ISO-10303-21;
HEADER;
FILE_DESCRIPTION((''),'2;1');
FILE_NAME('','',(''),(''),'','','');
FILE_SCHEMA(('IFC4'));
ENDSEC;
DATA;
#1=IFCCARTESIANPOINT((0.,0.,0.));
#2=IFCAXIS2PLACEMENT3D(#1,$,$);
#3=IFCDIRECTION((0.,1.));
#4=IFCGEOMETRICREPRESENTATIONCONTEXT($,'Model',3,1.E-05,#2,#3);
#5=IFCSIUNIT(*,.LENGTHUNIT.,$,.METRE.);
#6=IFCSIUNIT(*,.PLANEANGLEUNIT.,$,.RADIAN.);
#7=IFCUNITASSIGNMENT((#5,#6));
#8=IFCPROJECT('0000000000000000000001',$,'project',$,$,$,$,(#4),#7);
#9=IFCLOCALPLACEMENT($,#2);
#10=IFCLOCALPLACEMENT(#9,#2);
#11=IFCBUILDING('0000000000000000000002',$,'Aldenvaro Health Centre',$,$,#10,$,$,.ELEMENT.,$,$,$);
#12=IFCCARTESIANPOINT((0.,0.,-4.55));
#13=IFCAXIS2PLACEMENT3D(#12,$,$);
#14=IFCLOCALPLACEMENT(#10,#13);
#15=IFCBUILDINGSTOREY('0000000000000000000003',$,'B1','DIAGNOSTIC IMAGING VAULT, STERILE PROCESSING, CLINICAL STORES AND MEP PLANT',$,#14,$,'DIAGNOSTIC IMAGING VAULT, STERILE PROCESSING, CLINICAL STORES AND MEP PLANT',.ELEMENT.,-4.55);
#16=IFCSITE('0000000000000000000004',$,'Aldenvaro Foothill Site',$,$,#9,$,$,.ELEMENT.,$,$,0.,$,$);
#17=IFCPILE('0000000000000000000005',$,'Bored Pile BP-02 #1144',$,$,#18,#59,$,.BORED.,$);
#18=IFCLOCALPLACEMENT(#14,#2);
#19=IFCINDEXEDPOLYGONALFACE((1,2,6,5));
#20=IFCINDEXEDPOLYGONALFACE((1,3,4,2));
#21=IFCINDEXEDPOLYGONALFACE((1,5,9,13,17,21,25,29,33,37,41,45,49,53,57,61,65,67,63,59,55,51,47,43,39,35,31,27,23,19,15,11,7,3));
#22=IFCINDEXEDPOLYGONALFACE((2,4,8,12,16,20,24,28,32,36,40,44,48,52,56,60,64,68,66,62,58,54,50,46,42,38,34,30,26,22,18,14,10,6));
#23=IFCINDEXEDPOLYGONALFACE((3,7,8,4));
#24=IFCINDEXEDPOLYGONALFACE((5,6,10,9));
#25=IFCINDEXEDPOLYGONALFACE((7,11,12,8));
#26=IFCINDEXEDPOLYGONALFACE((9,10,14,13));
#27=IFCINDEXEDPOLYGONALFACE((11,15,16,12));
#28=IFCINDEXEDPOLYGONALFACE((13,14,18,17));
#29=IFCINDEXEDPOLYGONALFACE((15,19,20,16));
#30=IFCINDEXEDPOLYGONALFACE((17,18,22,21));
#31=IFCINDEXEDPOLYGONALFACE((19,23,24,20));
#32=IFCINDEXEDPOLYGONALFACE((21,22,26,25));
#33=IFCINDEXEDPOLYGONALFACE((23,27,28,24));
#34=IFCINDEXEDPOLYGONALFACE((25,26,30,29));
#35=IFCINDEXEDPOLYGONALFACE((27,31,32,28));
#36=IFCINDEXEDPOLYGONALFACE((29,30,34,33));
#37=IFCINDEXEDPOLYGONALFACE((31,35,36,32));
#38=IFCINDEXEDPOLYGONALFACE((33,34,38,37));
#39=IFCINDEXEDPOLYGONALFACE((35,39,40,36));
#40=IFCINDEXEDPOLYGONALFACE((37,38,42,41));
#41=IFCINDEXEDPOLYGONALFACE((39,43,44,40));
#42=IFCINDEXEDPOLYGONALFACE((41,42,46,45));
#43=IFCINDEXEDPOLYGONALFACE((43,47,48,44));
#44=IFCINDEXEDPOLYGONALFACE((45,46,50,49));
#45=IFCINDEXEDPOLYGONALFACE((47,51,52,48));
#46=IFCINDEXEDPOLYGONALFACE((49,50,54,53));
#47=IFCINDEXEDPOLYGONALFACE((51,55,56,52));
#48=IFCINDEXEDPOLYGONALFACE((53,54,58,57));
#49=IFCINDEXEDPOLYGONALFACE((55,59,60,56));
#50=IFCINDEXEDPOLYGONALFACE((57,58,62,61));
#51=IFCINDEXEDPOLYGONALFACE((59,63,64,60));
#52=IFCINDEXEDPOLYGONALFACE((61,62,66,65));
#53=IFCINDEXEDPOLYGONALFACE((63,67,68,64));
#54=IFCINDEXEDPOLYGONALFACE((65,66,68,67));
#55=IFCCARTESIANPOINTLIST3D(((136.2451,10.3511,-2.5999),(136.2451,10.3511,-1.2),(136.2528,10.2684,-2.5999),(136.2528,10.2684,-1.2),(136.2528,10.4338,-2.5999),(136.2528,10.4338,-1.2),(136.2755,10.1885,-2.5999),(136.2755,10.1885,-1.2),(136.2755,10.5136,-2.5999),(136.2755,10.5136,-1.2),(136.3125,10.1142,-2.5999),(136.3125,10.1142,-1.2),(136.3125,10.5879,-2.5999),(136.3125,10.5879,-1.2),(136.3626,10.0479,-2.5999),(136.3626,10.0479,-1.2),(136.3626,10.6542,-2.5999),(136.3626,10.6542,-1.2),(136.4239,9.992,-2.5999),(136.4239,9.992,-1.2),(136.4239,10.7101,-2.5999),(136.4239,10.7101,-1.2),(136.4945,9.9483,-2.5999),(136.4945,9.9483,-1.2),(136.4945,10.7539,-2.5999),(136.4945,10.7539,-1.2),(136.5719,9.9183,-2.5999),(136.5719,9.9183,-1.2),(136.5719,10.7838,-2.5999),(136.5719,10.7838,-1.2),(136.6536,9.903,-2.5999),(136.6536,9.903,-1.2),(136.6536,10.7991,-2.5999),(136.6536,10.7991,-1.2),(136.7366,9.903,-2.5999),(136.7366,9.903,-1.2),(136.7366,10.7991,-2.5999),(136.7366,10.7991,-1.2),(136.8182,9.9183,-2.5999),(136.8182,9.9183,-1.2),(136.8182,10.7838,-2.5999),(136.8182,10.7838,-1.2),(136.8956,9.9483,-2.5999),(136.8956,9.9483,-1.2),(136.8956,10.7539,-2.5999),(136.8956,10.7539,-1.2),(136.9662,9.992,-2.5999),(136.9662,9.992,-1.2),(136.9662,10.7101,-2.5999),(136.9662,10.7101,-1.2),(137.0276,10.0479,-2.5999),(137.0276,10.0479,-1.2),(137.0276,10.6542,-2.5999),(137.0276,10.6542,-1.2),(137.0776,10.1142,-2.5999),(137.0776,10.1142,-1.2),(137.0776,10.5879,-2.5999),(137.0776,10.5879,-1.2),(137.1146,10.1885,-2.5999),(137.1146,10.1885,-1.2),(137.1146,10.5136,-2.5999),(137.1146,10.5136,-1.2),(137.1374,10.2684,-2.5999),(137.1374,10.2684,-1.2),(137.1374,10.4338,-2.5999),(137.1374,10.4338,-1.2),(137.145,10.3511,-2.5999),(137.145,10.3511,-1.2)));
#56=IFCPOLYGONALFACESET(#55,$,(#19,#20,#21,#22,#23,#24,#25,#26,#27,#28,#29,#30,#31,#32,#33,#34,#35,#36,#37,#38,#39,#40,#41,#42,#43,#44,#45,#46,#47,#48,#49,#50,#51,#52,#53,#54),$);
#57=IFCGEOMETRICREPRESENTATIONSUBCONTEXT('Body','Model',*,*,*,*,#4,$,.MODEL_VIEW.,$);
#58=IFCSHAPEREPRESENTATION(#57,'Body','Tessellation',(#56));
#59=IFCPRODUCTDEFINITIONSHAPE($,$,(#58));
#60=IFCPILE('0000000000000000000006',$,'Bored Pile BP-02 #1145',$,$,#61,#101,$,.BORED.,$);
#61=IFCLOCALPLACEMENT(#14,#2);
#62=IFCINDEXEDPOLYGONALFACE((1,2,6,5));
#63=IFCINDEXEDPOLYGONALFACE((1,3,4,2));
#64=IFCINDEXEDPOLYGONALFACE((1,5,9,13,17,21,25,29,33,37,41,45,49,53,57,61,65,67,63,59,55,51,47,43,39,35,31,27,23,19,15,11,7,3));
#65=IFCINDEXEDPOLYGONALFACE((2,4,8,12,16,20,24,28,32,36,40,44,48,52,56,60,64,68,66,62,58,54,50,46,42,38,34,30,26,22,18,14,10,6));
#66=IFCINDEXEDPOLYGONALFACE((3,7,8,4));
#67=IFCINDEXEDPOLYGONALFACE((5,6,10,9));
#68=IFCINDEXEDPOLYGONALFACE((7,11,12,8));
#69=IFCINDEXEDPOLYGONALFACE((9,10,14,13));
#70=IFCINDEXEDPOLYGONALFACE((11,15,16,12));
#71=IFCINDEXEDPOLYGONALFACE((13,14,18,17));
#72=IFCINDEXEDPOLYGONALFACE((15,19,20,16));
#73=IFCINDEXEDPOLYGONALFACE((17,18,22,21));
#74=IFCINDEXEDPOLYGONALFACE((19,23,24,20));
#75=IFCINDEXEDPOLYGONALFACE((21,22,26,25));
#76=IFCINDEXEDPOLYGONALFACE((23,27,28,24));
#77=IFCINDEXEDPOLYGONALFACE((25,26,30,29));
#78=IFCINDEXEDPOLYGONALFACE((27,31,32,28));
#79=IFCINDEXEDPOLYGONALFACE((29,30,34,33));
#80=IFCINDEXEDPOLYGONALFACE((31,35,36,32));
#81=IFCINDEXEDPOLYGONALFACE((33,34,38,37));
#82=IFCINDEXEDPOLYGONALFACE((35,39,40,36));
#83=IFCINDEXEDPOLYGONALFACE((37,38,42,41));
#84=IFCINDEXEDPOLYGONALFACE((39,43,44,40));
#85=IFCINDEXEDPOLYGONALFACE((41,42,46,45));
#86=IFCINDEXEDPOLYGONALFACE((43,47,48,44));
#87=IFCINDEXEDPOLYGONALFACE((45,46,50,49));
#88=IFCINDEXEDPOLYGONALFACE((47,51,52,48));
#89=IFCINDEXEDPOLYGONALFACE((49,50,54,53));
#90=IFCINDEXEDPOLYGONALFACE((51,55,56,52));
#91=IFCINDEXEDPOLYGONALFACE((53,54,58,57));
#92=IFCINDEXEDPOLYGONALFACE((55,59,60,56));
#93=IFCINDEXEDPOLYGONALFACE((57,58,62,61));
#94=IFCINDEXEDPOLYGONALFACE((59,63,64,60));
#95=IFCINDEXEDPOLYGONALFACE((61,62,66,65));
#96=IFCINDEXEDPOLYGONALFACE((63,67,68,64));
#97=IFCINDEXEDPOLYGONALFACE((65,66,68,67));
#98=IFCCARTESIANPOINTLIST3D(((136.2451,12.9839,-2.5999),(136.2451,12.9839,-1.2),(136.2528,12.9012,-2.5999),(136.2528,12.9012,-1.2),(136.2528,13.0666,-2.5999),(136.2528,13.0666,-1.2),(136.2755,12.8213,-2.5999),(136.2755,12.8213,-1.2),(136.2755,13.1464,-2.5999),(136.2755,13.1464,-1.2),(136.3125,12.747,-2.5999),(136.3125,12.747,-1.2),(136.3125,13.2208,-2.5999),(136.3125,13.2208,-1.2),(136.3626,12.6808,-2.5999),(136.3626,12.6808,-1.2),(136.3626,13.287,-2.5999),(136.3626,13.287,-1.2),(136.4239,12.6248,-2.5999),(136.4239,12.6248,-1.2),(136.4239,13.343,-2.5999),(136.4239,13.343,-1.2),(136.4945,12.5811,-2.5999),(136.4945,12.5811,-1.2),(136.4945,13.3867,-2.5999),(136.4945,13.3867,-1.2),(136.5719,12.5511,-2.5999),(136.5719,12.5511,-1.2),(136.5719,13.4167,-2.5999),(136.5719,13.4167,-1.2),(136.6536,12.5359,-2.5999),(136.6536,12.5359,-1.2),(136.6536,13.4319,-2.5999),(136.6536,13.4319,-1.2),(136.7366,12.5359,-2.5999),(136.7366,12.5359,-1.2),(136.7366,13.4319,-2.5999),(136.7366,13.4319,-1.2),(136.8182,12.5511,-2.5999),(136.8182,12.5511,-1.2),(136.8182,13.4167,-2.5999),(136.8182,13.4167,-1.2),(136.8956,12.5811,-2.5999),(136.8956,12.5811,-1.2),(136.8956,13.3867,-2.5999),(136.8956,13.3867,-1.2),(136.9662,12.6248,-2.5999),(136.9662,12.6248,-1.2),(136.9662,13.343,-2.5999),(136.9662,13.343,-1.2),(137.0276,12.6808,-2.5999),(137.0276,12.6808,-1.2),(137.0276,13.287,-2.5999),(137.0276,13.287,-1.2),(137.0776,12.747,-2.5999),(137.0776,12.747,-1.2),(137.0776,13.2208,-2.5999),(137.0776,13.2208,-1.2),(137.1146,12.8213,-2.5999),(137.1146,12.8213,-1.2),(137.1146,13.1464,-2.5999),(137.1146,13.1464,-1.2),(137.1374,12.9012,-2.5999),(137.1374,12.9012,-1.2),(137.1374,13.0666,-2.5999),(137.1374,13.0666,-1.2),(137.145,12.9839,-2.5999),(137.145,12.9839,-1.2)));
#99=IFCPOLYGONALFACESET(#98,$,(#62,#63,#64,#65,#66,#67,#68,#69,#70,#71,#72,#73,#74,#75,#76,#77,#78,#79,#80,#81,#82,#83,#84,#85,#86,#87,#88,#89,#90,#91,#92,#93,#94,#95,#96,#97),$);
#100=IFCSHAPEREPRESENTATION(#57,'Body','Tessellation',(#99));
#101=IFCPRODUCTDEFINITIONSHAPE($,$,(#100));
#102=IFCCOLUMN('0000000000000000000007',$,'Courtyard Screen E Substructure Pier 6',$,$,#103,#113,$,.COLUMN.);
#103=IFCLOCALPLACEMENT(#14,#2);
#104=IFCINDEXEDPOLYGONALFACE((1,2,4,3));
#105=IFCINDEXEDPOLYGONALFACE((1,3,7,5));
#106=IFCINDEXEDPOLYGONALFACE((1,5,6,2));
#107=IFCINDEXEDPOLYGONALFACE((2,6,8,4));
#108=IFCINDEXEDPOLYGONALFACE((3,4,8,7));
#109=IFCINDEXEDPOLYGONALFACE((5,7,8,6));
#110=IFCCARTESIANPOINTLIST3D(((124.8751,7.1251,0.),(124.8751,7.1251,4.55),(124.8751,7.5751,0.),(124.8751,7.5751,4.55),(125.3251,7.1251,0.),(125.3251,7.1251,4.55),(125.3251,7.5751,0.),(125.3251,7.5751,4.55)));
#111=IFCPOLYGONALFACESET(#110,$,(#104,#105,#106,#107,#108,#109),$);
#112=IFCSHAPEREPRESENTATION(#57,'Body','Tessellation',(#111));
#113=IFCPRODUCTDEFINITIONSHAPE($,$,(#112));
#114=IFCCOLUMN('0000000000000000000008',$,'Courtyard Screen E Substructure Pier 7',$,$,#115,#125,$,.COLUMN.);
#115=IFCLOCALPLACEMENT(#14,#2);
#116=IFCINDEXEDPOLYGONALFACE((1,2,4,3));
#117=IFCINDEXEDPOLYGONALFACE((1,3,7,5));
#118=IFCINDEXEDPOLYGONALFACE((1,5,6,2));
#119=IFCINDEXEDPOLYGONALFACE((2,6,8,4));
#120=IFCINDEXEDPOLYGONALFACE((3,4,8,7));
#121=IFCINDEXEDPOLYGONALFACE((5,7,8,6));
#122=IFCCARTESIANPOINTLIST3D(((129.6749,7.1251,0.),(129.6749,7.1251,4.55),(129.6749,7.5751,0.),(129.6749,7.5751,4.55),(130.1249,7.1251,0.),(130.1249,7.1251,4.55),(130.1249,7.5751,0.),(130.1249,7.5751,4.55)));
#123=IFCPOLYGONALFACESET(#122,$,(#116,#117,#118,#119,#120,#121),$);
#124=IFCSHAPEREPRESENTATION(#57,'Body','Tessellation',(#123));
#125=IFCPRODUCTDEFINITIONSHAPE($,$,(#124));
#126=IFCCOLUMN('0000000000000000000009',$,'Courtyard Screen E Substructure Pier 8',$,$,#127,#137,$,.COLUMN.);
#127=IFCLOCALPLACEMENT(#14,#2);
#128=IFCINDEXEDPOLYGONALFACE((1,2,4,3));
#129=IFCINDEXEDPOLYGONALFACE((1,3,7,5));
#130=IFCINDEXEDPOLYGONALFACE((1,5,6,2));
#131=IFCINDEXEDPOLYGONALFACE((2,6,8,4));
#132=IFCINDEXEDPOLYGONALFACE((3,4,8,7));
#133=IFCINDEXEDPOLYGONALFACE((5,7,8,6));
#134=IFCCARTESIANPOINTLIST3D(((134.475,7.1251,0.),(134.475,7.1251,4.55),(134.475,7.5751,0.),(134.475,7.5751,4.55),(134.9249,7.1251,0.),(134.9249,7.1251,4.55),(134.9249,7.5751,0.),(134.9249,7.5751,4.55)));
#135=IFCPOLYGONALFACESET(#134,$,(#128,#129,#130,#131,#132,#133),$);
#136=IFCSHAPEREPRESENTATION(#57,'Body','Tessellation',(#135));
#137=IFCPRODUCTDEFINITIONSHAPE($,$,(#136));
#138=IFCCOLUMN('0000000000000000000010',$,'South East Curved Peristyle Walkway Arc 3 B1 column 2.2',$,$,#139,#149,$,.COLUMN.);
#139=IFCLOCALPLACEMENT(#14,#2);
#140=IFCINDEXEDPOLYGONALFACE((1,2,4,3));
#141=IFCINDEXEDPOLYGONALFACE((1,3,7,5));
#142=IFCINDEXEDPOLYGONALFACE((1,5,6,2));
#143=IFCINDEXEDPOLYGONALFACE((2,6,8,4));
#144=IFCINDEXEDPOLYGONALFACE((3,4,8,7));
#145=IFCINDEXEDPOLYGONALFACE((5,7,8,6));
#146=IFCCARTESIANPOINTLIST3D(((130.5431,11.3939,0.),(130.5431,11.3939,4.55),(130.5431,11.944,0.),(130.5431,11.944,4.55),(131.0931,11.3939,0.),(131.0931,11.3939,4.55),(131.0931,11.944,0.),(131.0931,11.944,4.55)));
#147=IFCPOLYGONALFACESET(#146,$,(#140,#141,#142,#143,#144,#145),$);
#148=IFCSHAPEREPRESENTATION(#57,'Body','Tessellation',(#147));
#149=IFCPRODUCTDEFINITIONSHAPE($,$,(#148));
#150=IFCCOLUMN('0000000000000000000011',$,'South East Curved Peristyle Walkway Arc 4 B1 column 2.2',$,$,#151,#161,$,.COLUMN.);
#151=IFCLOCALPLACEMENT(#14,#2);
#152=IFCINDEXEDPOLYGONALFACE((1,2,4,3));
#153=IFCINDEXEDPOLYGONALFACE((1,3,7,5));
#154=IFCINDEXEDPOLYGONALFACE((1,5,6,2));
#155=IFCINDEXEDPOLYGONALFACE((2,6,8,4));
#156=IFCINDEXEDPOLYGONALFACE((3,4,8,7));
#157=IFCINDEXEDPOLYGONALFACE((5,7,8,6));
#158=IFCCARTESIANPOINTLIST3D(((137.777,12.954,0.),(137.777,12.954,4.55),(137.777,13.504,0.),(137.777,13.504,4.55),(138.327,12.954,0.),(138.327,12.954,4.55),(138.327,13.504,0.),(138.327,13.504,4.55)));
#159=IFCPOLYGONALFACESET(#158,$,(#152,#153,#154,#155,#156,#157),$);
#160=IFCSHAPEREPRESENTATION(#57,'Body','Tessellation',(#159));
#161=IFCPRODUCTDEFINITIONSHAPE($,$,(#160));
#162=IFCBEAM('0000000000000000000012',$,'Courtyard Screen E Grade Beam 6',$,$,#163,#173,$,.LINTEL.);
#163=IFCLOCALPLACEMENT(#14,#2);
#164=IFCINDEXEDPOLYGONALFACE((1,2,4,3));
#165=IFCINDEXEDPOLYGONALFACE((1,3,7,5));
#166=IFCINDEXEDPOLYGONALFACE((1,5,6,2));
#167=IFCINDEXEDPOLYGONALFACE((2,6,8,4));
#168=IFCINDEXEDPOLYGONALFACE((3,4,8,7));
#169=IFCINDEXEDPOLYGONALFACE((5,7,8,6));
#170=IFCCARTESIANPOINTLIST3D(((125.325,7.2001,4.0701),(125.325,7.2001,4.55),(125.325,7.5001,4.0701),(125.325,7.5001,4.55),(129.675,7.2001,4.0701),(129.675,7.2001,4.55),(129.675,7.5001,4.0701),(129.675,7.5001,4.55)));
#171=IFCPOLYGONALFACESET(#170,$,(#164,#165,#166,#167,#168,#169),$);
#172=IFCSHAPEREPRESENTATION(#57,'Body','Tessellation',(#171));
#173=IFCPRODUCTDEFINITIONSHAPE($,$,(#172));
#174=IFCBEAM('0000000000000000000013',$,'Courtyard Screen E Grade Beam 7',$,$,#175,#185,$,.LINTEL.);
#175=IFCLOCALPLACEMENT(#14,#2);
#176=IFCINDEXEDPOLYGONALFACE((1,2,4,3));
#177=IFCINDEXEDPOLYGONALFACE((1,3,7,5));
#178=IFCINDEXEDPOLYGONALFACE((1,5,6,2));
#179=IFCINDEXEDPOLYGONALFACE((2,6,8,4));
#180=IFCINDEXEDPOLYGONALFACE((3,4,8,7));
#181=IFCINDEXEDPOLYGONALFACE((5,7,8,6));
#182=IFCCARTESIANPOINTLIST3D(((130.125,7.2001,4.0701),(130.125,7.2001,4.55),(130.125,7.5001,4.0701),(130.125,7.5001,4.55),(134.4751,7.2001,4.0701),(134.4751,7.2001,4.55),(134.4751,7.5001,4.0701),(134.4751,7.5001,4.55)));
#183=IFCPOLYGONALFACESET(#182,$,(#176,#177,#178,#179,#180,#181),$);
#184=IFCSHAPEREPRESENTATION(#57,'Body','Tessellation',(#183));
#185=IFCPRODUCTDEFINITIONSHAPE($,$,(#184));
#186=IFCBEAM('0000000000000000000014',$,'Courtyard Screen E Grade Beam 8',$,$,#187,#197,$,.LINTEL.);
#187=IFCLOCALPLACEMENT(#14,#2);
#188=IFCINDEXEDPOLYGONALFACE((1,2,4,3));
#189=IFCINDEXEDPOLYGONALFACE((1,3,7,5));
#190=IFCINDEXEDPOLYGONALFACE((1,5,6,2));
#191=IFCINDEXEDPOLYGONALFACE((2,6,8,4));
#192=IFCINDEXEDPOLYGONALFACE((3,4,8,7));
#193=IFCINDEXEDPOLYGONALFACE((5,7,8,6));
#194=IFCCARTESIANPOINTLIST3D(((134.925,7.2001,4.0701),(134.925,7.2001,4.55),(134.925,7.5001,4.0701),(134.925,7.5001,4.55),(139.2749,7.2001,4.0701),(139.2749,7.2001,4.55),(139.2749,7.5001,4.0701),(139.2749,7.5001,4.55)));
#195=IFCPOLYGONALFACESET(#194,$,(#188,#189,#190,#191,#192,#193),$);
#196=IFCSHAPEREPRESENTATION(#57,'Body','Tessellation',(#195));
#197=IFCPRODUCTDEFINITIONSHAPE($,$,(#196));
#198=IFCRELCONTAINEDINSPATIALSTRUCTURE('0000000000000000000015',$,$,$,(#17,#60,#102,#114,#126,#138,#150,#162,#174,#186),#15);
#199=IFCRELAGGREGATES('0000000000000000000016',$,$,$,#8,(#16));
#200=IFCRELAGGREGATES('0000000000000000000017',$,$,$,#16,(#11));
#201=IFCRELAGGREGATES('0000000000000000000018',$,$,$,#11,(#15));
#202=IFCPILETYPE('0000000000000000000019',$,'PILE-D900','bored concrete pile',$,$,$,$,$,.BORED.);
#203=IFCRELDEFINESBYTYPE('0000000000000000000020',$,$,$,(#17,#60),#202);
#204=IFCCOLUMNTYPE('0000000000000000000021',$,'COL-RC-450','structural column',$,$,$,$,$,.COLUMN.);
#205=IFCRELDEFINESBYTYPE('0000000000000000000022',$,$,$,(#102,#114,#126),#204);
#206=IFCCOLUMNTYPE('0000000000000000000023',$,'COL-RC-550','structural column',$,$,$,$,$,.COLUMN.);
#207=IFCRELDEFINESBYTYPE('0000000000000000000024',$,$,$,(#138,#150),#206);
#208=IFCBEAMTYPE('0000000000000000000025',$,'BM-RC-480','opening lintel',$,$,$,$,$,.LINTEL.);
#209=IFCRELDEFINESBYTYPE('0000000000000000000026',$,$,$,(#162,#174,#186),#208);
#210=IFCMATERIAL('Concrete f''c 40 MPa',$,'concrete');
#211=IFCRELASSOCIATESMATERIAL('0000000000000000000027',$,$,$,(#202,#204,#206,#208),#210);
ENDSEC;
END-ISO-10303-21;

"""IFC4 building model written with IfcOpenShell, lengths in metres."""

from ifc_helpers import new_model, si_unit, direction, frame, origin, origin_2d, place, context, subcontext, project, spatial, rectangle, circle, extrude, material, material_profile, profile_set, type_object, element, save


model = new_model("IFC4")

# Units and contexts
model_context = context("Model", 3, precision=1e-05, world=origin(), true_north=direction((0.0, 1.0)))
body_context = subcontext(model_context, "Body", "Model", "MODEL_VIEW")
ifc_project = project(units=[si_unit("LENGTHUNIT", "METRE"), si_unit("PLANEANGLEUNIT", "RADIAN")], contexts=[model_context])

# Site, building, storey
site_placement = place(None, origin())
site = spatial("IfcSite", under=ifc_project, at=site_placement, Name="Aldenvaro Foothill Site", CompositionType="ELEMENT", RefElevation=0.0)
building_placement = place(site_placement, origin())
building = spatial("IfcBuilding", under=site, at=building_placement, Name="Aldenvaro Health Centre", CompositionType="ELEMENT")
storey_placement = place(building_placement, frame((0.0, 0.0, -4.55)))
storey = spatial("IfcBuildingStorey", under=building, at=storey_placement, Name="B1", Description="DIAGNOSTIC IMAGING VAULT, STERILE PROCESSING, CLINICAL STORES AND MEP PLANT", LongName="DIAGNOSTIC IMAGING VAULT, STERILE PROCESSING, CLINICAL STORES AND MEP PLANT", CompositionType="ELEMENT", Elevation=-4.55)

# Piles
ifc_material_1 = material(Name="Concrete f'c 40 MPa", Category="concrete")
ifc_material_profile_1 = material_profile(ifc_material_1, circle(Radius=0.45, at=origin_2d()), Name="PILE D900", Category="concrete")
ifc_profile_set_1 = profile_set([ifc_material_profile_1], Name="Concrete f'c 40 MPa")
pile_type_1 = type_object("IfcPileType", Name="PILE-D900", Description="bored concrete pile", PredefinedType="BORED", material=ifc_profile_set_1)
for number, where, z_axis, x_axis, name in (
    (1, (136.6951, 10.3511, -1.2), (0.0, 0.0, -1.0), (1.0, 0.0, 0.0), "Bored Pile BP-02 #1144"),
    (2, (136.6951, 12.9839, -1.2), (0.0, 0.0, -1.0), (1.0, 0.0, 0.0), "Bored Pile BP-02 #1145"),
):
    element("IfcPile", number, at=place(storey_placement, frame(where, z_axis=z_axis, x_axis=x_axis)), inside=storey, type_object=pile_type_1, Name=name, PredefinedType="BORED", context=body_context, shape_type="SweptSolid", body=[
        extrude(circle(Radius=0.45, at=origin_2d()), origin(), (0.0, 0.0, 1.0), 1.3999),
    ])

# Columns
ifc_material_profile_2 = material_profile(ifc_material_1, rectangle(XDim=0.45, YDim=0.45, at=origin_2d()), Name="RC 450x450", Category="concrete")
ifc_profile_set_2 = profile_set([ifc_material_profile_2], Name="Concrete f'c 40 MPa")
column_type_1 = type_object("IfcColumnType", Name="COL-RC-450", Description="structural column", PredefinedType="COLUMN", material=ifc_profile_set_2)
for number, where, z_axis, x_axis, name in (
    (3, (125.1001, 7.3501, 0.0), (0.0, 0.0, 1.0), (1.0, 0.0, 0.0), "Courtyard Screen E Substructure Pier 6"),
    (4, (129.8999, 7.3501, 0.0), (0.0, 0.0, 1.0), (1.0, 0.0, 0.0), "Courtyard Screen E Substructure Pier 7"),
    (5, (134.7, 7.3501, 0.0), (0.0, 0.0, 1.0), (1.0, 0.0, 0.0), "Courtyard Screen E Substructure Pier 8"),
):
    element("IfcColumn", number, at=place(storey_placement, frame(where, z_axis=z_axis, x_axis=x_axis)), inside=storey, type_object=column_type_1, Name=name, PredefinedType="COLUMN", context=body_context, shape_type="SweptSolid", body=[
        extrude(rectangle(XDim=0.45, YDim=0.45, at=origin_2d()), origin(), (0.0, 0.0, 1.0), 4.55),
    ])
ifc_material_profile_3 = material_profile(ifc_material_1, rectangle(XDim=0.55, YDim=0.55, at=origin_2d()), Name="RC 550x550", Category="concrete")
ifc_profile_set_3 = profile_set([ifc_material_profile_3], Name="Concrete f'c 40 MPa")
column_type_2 = type_object("IfcColumnType", Name="COL-RC-550", Description="structural column", PredefinedType="COLUMN", material=ifc_profile_set_3)
for number, where, z_axis, x_axis, name in (
    (6, (130.8181, 11.6689, 0.0), (0.0, 0.0, 1.0), (1.0, 0.0, 0.0), "South East Curved Peristyle Walkway Arc 3 B1 column 2.2"),
    (7, (138.052, 13.229, 0.0), (0.0, 0.0, 1.0), (1.0, 0.0, 0.0), "South East Curved Peristyle Walkway Arc 4 B1 column 2.2"),
):
    element("IfcColumn", number, at=place(storey_placement, frame(where, z_axis=z_axis, x_axis=x_axis)), inside=storey, type_object=column_type_2, Name=name, PredefinedType="COLUMN", context=body_context, shape_type="SweptSolid", body=[
        extrude(rectangle(XDim=0.55, YDim=0.55, at=origin_2d()), origin(), (0.0, 0.0, 1.0), 4.55),
    ])

# Beams
ifc_material_profile_4 = material_profile(ifc_material_1, rectangle(XDim=0.3, YDim=0.48, at=origin_2d()), Name="RC 300x480", Category="concrete")
ifc_profile_set_4 = profile_set([ifc_material_profile_4], Name="Concrete f'c 40 MPa")
beam_type_1 = type_object("IfcBeamType", Name="BM-RC-480", Description="opening lintel", PredefinedType="LINTEL", material=ifc_profile_set_4)
for number, where, z_axis, x_axis, name in (
    (8, (125.325, 7.3501, 4.3101), (1.0, 0.0, 0.0), (0.0, 1.0, 0.0), "Courtyard Screen E Grade Beam 6"),
    (9, (130.125, 7.3501, 4.3101), (1.0, 0.0, 0.0), (0.0, 1.0, 0.0), "Courtyard Screen E Grade Beam 7"),
):
    element("IfcBeam", number, at=place(storey_placement, frame(where, z_axis=z_axis, x_axis=x_axis)), inside=storey, type_object=beam_type_1, Name=name, PredefinedType="LINTEL", context=body_context, shape_type="SweptSolid", body=[
        extrude(rectangle(XDim=0.3, YDim=0.48, at=origin_2d()), origin(), (0.0, 0.0, 1.0), 4.3501),
    ])
beam_1_placement = place(storey_placement, frame((134.925, 7.3501, 4.3101), z_axis=(1.0, 0.0, 0.0), x_axis=(0.0, 1.0, 0.0)))
element("IfcBeam", 10, at=beam_1_placement, inside=storey, type_object=beam_type_1, Name="Courtyard Screen E Grade Beam 8", PredefinedType="LINTEL", context=body_context, shape_type="SweptSolid", body=[
    extrude(rectangle(XDim=0.3, YDim=0.48, at=origin_2d()), origin(), (0.0, 0.0, 1.0), 4.3499),
])

save(model, "model.ifc")
